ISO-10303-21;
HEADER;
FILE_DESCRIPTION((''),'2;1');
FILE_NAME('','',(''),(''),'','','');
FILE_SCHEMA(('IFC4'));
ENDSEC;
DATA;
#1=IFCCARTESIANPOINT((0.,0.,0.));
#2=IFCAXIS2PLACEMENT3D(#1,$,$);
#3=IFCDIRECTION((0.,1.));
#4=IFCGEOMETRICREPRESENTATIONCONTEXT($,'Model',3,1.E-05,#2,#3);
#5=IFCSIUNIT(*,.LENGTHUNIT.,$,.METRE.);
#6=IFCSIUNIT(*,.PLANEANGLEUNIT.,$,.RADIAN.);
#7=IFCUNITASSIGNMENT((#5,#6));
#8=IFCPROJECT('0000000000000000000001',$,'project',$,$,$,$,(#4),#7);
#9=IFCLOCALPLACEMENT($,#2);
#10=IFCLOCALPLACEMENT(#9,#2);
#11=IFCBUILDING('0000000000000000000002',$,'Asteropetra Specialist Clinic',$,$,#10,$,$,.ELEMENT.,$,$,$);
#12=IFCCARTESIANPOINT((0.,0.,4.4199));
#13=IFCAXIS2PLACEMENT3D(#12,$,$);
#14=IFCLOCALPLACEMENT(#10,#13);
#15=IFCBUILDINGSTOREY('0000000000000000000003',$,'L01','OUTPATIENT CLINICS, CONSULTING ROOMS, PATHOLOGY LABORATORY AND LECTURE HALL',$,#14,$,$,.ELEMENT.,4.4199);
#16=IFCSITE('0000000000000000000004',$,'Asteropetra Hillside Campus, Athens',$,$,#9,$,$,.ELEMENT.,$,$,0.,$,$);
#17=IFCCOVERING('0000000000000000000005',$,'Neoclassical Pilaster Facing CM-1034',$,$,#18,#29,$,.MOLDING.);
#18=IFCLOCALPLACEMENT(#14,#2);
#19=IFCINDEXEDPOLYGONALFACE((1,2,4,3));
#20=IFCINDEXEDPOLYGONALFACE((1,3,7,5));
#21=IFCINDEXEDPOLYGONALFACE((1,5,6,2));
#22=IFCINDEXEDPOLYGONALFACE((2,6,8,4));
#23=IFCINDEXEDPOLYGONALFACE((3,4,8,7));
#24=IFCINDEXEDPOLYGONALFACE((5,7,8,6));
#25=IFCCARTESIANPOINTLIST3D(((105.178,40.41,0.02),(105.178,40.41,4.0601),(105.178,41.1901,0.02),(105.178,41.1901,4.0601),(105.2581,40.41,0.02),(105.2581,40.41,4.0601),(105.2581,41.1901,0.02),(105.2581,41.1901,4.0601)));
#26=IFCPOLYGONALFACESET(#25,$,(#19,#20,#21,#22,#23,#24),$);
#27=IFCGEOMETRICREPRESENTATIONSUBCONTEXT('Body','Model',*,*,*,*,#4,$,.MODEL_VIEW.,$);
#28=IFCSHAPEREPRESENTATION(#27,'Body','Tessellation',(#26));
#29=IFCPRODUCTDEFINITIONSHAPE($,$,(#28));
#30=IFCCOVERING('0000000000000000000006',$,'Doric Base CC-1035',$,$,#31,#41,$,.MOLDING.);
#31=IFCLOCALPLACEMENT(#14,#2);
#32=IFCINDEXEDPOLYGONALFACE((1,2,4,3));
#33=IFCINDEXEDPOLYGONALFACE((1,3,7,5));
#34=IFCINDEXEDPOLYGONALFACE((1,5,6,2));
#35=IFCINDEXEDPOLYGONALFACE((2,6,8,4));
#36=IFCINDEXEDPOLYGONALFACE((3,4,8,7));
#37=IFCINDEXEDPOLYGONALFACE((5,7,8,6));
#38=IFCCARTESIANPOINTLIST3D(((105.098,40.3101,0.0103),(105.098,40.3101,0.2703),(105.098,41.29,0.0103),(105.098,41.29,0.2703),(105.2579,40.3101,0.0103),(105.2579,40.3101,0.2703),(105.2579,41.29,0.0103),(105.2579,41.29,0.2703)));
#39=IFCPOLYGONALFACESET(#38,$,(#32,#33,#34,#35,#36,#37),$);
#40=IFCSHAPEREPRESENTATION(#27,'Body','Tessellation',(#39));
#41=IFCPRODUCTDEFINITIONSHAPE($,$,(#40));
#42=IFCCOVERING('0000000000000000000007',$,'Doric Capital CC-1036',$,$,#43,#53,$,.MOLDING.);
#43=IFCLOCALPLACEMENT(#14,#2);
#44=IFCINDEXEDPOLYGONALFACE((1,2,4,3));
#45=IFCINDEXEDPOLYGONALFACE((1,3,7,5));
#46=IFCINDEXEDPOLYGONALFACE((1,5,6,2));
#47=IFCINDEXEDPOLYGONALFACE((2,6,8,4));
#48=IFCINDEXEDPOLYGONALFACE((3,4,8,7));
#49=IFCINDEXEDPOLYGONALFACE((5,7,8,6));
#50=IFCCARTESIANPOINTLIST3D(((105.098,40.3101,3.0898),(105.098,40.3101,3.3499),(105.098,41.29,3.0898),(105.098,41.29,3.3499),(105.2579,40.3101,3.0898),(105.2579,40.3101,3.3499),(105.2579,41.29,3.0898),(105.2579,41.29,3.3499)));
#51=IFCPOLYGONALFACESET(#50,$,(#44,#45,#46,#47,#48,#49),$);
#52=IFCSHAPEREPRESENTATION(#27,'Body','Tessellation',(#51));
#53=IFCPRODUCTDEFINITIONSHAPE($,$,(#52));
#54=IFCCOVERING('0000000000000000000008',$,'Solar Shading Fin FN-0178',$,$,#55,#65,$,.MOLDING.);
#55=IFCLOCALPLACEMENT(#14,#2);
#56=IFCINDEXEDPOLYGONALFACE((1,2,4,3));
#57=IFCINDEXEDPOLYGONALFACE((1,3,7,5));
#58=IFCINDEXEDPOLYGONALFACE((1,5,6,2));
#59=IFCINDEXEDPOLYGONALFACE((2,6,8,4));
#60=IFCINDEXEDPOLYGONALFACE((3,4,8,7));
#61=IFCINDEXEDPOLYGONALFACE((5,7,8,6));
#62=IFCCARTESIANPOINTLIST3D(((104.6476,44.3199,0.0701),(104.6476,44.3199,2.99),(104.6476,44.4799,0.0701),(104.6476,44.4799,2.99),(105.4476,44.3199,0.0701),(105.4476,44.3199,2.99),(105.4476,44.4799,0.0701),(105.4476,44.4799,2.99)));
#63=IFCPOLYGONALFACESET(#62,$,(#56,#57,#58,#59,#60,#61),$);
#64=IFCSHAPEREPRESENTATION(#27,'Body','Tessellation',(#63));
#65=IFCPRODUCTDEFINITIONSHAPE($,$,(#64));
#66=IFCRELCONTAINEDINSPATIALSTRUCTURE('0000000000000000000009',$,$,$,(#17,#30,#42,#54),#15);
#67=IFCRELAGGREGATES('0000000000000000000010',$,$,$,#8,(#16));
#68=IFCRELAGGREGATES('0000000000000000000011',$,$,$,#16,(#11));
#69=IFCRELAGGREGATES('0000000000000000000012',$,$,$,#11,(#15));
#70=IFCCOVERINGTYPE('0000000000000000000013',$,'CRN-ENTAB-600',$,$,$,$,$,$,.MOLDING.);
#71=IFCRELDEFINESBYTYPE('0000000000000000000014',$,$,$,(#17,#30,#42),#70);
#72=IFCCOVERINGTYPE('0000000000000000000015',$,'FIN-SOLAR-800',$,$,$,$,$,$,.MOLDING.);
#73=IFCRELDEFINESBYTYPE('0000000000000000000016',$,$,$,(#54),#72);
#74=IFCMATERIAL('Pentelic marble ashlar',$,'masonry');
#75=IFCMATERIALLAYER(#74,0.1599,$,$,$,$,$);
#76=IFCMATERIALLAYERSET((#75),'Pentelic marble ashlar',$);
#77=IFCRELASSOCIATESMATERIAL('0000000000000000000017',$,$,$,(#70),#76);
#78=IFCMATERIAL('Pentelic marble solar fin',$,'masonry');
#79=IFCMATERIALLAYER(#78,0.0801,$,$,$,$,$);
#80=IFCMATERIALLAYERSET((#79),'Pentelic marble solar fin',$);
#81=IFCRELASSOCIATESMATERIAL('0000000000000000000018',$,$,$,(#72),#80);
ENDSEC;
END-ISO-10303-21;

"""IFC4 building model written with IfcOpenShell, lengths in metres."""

from ifc_helpers import new_model, si_unit, direction, frame, origin, origin_2d, place, context, subcontext, project, spatial, rectangle, extrude, material, layer, layer_set, type_object, element, save


model = new_model("IFC4")

# Units and contexts
model_context = context("Model", 3, precision=1e-05, world=origin(), true_north=direction((0.0, 1.0)))
body_context = subcontext(model_context, "Body", "Model", "MODEL_VIEW")
ifc_project = project(units=[si_unit("LENGTHUNIT", "METRE"), si_unit("PLANEANGLEUNIT", "RADIAN")], contexts=[model_context])

# Site, building, storey
site_placement = place(None, origin())
site = spatial("IfcSite", under=ifc_project, at=site_placement, Name="Asteropetra Hillside Campus, Athens", CompositionType="ELEMENT", RefElevation=0.0)
building_placement = place(site_placement, origin())
building = spatial("IfcBuilding", under=site, at=building_placement, Name="Asteropetra Specialist Clinic", CompositionType="ELEMENT")
storey_placement = place(building_placement, frame((0.0, 0.0, 4.4199)))
storey = spatial("IfcBuildingStorey", under=building, at=storey_placement, Name="L01", Description="OUTPATIENT CLINICS, CONSULTING ROOMS, PATHOLOGY LABORATORY AND LECTURE HALL", CompositionType="ELEMENT", Elevation=4.4199)

# Coverings
ifc_material_1 = material(Name="Pentelic marble ashlar", Category="masonry")
ifc_layer_1 = layer(ifc_material_1, 0.1599)
ifc_layer_set_1 = layer_set([ifc_layer_1], Name="Pentelic marble ashlar")
covering_type_1 = type_object("IfcCoveringType", Name="CRN-ENTAB-600", PredefinedType="MOLDING", material=ifc_layer_set_1)
covering_1_placement = place(storey_placement, frame((105.218, 40.8, 0.02), z_axis=(0.0, 0.0, 1.0), x_axis=(1.0, 0.0, 0.0)))
element("IfcCovering", 1, at=covering_1_placement, inside=storey, type_object=covering_type_1, Name="Neoclassical Pilaster Facing CM-1034", PredefinedType="MOLDING", context=body_context, shape_type="SweptSolid", body=[
    extrude(rectangle(XDim=0.0801, YDim=0.78, at=origin_2d()), origin(), (0.0, 0.0, 1.0), 4.04),
])
for number, where, z_axis, x_axis, name in (
    (2, (105.178, 40.8, 0.0103), (0.0, 0.0, 1.0), (1.0, 0.0, 0.0), "Doric Base CC-1035"),
    (3, (105.178, 40.8, 3.0898), (0.0, 0.0, 1.0), (1.0, 0.0, 0.0), "Doric Capital CC-1036"),
):
    element("IfcCovering", number, at=place(storey_placement, frame(where, z_axis=z_axis, x_axis=x_axis)), inside=storey, type_object=covering_type_1, Name=name, PredefinedType="MOLDING", context=body_context, shape_type="SweptSolid", body=[
        extrude(rectangle(XDim=0.1599, YDim=0.98, at=origin_2d()), origin(), (0.0, 0.0, 1.0), 0.26),
    ])
ifc_material_2 = material(Name="Pentelic marble solar fin", Category="masonry")
ifc_layer_2 = layer(ifc_material_2, 0.0801)
ifc_layer_set_2 = layer_set([ifc_layer_2], Name="Pentelic marble solar fin")
covering_type_2 = type_object("IfcCoveringType", Name="FIN-SOLAR-800", PredefinedType="MOLDING", material=ifc_layer_set_2)
covering_2_placement = place(storey_placement, frame((105.0476, 44.3999, 0.0701), z_axis=(0.0, 0.0, 1.0), x_axis=(1.0, 0.0, 0.0)))
element("IfcCovering", 4, at=covering_2_placement, inside=storey, type_object=covering_type_2, Name="Solar Shading Fin FN-0178", PredefinedType="MOLDING", context=body_context, shape_type="SweptSolid", body=[
    extrude(rectangle(XDim=0.8, YDim=0.1599, at=origin_2d()), origin(), (0.0, 0.0, 1.0), 2.9199),
])

save(model, "model.ifc")
